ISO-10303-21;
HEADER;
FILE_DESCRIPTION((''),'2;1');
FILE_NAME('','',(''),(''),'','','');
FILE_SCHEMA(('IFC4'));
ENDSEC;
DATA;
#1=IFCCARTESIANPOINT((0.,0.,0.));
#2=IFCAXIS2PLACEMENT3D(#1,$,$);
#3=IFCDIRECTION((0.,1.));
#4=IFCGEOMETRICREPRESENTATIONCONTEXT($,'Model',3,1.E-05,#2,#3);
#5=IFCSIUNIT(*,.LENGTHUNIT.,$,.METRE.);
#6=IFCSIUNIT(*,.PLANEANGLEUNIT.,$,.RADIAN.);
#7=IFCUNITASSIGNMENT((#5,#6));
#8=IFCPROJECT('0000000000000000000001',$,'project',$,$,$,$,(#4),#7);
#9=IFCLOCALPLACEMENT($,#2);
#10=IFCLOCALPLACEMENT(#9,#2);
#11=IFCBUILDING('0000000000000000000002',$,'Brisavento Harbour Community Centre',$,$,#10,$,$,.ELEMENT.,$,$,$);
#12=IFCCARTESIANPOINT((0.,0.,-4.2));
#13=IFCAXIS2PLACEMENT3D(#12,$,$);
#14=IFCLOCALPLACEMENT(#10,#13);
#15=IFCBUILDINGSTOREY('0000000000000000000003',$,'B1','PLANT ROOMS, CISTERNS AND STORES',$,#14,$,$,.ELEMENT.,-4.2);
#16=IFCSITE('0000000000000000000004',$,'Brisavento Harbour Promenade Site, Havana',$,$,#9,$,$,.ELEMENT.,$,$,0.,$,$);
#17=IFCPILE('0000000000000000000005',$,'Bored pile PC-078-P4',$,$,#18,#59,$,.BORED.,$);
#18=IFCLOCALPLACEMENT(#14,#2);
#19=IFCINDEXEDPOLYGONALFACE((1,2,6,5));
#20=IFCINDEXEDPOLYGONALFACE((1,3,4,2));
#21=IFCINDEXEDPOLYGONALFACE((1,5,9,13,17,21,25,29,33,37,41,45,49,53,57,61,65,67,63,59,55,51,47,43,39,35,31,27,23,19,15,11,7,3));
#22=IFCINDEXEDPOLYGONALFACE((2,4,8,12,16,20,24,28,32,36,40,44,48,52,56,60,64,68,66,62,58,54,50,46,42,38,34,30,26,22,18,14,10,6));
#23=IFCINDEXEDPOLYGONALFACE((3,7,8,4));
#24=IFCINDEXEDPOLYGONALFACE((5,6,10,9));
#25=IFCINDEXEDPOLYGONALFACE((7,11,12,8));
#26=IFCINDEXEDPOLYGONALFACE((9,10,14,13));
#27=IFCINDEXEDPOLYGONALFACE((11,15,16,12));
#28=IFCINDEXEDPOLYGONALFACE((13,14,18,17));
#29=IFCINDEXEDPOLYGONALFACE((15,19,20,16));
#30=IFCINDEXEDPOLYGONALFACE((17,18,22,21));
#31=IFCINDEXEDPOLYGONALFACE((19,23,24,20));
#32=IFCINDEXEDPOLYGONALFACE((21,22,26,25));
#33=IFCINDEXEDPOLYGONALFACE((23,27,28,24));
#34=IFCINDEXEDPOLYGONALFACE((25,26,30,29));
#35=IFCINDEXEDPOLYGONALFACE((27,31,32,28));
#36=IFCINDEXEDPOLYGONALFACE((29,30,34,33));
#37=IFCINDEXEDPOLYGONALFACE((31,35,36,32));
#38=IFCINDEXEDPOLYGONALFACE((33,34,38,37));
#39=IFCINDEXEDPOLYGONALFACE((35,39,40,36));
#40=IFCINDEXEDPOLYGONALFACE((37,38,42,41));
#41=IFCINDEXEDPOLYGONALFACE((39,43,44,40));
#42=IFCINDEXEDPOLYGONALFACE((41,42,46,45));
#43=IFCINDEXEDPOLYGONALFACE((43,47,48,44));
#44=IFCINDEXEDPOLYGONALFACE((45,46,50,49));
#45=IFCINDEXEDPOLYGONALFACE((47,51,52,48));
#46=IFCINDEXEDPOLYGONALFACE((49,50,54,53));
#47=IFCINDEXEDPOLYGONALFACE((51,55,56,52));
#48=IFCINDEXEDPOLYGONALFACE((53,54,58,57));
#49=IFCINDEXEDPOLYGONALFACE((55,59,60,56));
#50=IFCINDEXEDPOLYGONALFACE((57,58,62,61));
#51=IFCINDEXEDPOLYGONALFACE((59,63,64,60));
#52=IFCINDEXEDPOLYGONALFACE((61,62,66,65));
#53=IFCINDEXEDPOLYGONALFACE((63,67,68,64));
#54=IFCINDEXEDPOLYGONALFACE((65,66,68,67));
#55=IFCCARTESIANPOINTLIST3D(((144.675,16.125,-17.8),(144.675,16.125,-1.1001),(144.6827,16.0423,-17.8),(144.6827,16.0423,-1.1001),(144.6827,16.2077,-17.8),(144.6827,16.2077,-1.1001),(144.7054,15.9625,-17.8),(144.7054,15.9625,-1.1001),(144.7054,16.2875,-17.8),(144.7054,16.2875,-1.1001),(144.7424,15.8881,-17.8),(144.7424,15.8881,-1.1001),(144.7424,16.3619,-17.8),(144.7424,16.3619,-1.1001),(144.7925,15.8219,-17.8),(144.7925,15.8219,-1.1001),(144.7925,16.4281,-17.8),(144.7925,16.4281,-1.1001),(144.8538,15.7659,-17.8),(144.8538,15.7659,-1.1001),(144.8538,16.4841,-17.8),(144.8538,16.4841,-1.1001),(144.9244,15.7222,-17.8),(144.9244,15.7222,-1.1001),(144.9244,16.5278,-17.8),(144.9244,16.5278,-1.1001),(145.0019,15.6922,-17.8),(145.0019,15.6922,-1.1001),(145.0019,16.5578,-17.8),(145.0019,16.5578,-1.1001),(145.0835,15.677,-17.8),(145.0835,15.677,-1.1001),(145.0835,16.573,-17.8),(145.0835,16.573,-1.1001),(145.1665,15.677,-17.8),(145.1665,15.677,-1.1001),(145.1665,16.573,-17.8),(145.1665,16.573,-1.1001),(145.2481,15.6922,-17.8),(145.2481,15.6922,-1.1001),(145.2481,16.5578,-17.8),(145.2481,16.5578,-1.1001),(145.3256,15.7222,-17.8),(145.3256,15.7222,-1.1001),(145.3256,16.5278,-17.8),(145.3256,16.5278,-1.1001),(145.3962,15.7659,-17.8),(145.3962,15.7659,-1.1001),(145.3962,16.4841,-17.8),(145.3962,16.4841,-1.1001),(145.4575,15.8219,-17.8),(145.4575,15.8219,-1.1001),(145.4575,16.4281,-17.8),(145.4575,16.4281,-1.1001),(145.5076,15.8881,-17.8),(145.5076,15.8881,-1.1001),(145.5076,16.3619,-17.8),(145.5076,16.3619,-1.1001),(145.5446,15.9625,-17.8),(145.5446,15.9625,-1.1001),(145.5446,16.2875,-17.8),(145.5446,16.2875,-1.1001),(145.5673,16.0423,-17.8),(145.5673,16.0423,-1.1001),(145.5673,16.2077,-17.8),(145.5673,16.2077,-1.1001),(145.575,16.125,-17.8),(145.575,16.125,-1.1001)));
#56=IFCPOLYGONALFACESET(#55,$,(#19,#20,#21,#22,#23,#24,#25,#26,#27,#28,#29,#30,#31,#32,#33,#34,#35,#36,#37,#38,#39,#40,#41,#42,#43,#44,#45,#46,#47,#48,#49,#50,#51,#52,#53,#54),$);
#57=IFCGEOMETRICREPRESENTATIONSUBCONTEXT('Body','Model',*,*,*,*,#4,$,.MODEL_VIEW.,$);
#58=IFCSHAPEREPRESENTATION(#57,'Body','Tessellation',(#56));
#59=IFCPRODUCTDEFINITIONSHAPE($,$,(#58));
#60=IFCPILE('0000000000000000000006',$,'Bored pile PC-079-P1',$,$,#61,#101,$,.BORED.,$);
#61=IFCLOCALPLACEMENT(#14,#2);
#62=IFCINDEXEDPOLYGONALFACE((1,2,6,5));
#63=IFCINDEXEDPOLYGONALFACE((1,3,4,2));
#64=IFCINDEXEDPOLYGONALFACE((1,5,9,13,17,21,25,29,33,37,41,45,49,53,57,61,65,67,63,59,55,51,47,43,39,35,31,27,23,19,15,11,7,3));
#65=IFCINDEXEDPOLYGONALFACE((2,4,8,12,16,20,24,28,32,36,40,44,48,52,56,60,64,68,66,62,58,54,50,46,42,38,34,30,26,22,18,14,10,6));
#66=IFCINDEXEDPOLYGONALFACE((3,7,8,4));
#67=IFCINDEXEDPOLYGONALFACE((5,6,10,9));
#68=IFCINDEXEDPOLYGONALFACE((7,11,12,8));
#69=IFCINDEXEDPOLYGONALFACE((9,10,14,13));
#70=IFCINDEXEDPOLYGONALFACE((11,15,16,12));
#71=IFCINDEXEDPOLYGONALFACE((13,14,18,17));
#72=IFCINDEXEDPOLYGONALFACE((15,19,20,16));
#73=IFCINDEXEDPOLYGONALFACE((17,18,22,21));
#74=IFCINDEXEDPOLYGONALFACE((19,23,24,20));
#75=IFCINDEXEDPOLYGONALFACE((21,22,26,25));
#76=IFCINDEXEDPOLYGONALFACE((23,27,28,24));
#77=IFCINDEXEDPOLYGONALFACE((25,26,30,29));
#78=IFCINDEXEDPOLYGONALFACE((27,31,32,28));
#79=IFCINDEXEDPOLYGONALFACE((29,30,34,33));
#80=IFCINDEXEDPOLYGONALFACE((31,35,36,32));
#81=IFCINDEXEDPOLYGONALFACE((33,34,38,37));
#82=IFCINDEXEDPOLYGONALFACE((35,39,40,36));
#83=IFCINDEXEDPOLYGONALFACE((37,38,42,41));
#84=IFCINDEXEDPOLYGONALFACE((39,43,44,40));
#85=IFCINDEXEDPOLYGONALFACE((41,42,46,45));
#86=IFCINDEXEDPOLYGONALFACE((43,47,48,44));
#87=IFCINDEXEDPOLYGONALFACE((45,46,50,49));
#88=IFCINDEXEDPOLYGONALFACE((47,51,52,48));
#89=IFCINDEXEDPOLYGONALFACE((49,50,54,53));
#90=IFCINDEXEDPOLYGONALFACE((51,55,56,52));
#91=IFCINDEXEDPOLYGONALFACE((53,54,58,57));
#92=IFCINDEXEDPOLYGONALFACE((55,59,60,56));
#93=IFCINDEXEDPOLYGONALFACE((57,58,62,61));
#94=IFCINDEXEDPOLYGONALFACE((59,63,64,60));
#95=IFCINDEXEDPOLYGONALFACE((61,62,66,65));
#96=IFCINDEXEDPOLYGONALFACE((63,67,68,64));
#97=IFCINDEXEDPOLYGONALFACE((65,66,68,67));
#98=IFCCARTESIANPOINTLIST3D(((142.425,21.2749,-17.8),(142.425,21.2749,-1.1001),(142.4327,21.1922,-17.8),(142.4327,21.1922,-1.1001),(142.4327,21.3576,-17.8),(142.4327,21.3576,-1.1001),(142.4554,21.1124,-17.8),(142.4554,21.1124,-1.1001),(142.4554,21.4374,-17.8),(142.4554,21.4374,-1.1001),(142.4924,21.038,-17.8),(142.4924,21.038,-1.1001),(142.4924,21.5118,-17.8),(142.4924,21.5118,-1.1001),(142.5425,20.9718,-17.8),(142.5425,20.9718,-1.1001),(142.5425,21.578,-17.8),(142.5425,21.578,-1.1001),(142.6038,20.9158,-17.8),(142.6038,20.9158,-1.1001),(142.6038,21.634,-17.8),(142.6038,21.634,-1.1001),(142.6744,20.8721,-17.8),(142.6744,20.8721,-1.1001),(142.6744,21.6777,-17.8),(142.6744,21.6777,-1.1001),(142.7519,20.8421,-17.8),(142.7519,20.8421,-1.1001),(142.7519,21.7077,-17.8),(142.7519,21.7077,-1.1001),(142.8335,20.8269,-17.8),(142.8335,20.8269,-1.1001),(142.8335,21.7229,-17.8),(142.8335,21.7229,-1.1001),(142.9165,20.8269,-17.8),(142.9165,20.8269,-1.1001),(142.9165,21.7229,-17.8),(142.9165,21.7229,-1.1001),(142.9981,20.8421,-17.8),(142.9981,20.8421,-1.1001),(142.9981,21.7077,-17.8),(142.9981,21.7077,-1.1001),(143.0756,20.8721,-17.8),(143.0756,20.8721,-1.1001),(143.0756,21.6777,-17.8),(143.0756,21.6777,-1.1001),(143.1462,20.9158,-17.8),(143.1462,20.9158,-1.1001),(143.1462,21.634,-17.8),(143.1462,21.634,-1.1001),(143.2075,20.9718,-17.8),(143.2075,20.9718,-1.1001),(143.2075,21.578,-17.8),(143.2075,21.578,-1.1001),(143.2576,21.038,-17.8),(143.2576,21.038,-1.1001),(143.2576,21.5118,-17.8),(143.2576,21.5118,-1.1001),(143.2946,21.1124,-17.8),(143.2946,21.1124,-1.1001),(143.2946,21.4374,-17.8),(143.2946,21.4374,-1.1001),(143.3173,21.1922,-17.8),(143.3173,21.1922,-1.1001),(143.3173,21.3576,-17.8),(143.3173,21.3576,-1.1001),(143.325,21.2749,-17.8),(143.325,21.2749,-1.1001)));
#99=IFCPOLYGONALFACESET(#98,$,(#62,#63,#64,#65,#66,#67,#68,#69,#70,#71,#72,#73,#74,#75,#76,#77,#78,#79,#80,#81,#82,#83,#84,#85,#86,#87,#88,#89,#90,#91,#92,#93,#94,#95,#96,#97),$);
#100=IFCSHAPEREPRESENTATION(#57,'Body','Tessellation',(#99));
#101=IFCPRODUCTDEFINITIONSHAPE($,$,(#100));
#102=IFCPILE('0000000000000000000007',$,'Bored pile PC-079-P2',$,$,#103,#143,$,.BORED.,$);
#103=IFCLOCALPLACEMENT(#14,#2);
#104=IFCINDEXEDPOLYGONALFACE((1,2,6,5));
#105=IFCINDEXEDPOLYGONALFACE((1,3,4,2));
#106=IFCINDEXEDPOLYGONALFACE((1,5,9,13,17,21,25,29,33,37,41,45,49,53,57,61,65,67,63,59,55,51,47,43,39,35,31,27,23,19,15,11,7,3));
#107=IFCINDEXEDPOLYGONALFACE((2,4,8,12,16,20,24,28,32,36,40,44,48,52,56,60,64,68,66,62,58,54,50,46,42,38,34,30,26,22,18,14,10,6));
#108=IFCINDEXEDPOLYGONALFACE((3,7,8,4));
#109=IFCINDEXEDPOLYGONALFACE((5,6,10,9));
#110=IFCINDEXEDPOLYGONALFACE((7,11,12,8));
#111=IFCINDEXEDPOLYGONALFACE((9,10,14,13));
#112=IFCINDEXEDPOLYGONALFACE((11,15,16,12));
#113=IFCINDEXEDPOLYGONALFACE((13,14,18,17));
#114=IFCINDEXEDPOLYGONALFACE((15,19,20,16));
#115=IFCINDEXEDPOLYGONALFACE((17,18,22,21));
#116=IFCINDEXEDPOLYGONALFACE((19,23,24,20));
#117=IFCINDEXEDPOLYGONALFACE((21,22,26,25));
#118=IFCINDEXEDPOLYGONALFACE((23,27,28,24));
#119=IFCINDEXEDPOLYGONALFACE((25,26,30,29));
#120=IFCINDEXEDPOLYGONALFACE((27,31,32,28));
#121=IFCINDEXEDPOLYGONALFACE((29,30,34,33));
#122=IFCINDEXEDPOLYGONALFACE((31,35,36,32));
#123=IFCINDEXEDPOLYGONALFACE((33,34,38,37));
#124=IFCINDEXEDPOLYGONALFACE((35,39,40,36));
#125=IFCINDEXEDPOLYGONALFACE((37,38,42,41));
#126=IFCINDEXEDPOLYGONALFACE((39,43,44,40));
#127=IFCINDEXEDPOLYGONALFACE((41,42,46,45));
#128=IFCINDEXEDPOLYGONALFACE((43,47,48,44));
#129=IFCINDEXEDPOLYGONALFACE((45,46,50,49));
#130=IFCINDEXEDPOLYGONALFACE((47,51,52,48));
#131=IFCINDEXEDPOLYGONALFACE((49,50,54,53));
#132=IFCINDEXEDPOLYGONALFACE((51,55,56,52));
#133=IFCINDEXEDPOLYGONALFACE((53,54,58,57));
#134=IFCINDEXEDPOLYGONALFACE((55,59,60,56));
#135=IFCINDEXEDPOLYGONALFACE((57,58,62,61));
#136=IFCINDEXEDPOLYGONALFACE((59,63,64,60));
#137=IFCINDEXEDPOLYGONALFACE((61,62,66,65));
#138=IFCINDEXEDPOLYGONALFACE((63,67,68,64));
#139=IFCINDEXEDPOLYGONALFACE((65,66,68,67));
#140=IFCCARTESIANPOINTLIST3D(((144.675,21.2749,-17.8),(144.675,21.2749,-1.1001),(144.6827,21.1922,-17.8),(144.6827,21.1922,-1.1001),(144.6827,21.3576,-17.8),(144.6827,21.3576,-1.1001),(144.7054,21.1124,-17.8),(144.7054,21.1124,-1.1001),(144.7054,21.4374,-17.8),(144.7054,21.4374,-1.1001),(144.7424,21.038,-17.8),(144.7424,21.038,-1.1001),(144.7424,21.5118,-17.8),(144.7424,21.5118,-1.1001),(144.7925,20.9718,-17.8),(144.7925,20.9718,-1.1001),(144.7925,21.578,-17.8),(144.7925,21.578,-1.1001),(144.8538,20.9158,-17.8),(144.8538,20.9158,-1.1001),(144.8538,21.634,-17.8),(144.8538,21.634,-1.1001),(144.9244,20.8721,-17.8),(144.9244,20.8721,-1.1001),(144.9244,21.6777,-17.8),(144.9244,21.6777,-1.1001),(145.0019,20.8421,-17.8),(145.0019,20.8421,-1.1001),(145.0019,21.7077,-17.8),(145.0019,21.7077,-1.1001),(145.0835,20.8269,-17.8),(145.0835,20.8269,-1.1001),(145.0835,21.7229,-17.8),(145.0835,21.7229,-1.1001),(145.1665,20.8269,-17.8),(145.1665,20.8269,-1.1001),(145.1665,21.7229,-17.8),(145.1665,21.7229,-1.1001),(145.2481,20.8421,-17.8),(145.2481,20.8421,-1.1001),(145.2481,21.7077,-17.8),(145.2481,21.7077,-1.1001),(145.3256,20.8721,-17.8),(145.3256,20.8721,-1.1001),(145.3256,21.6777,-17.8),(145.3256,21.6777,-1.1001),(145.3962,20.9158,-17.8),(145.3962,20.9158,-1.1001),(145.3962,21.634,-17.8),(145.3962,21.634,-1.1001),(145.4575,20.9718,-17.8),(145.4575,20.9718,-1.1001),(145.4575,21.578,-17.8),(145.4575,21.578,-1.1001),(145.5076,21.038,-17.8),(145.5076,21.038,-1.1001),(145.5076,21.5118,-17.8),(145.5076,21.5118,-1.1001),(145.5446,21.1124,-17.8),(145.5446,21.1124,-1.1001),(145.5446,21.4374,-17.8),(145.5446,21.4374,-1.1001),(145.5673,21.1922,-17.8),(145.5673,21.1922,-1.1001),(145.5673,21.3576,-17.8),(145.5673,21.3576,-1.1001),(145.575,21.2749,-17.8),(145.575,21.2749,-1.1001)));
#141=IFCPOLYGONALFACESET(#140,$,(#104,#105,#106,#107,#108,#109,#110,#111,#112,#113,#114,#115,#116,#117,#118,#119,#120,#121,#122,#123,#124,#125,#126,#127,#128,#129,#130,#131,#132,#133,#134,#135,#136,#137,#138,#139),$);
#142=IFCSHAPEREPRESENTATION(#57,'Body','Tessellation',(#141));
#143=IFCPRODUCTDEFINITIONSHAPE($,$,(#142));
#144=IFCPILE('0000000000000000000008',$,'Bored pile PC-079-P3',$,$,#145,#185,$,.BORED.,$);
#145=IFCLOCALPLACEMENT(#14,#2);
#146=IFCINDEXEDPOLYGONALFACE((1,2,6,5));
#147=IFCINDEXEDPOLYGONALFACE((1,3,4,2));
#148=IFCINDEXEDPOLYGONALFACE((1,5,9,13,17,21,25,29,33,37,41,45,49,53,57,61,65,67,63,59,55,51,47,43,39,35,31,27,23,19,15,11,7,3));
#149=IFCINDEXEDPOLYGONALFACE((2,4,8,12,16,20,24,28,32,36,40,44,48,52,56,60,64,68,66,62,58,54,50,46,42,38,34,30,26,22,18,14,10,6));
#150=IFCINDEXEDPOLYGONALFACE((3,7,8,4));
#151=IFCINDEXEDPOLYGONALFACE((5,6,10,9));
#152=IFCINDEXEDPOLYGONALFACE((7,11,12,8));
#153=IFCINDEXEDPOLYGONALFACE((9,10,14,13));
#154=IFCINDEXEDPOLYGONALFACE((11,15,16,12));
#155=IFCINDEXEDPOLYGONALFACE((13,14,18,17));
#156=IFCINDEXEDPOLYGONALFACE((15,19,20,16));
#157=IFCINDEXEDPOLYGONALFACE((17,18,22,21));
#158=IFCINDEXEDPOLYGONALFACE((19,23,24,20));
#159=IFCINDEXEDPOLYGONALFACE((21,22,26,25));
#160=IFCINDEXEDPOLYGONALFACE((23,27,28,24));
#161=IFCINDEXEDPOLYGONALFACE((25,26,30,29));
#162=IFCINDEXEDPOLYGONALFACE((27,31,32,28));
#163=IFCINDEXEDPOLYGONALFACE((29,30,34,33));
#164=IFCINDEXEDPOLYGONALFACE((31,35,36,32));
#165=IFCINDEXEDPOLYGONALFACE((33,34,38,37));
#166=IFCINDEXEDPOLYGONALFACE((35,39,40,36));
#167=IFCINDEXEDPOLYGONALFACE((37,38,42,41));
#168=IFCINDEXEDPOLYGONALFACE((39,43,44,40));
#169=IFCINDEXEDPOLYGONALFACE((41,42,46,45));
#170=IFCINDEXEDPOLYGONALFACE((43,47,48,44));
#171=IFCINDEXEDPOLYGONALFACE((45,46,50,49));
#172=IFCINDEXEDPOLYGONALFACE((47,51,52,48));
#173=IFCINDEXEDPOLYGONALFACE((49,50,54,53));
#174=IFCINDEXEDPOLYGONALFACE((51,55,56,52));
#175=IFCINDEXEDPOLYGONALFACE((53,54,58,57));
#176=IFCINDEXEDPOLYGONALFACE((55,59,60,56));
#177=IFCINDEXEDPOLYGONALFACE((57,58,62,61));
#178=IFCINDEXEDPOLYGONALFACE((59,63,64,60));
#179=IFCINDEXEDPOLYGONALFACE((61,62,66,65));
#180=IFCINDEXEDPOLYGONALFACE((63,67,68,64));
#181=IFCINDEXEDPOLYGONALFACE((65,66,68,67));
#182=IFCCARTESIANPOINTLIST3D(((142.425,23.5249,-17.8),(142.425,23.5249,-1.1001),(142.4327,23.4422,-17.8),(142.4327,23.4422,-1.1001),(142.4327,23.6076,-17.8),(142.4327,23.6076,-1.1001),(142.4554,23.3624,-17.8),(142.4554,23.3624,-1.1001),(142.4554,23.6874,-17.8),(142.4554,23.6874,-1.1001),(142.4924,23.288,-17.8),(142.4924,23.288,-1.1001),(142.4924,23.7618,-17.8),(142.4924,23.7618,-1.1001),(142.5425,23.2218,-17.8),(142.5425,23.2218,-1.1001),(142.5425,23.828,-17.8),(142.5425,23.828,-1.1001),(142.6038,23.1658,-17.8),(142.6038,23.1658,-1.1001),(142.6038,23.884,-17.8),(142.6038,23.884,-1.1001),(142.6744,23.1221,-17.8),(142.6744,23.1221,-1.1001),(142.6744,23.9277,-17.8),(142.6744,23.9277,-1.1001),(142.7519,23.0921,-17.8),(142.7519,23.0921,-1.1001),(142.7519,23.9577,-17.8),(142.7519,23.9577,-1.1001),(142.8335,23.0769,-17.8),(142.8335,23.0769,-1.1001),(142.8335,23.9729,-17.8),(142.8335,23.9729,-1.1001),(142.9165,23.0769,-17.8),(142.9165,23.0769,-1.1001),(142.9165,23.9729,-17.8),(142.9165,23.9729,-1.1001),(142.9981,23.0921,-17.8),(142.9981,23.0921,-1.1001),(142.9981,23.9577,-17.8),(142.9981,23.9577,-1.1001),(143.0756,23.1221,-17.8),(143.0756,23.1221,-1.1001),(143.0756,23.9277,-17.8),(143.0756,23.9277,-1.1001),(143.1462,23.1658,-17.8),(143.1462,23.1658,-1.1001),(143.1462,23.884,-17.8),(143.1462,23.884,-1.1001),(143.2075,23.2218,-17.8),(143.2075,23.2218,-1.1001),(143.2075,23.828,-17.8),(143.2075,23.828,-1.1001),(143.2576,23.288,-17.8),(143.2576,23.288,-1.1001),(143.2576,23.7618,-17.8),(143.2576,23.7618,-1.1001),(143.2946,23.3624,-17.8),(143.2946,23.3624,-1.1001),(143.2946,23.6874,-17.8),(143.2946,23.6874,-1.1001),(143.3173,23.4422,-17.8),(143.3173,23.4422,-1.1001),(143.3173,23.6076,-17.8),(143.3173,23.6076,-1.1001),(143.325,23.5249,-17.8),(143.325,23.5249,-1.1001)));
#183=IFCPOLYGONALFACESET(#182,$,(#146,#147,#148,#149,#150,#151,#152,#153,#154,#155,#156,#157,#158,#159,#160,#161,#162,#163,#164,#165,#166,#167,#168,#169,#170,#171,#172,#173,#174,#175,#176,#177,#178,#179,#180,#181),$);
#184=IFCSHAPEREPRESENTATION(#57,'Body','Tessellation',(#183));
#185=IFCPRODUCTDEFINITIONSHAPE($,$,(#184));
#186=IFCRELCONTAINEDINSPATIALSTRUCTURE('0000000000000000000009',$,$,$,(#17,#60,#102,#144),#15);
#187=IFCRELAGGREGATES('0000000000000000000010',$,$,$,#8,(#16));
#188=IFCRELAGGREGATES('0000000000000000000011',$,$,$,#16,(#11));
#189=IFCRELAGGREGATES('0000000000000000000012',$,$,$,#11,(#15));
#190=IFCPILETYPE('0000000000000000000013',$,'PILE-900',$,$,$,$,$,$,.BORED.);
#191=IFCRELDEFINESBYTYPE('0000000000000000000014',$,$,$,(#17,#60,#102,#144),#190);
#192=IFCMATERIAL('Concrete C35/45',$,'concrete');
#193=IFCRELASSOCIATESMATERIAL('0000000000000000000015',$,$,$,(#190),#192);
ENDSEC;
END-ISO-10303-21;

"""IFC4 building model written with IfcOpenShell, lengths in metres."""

from ifc_helpers import new_model, si_unit, direction, frame, origin, origin_2d, place, context, subcontext, project, spatial, circle, extrude, material, material_profile, profile_set, type_object, element, save


model = new_model("IFC4")

# Units and contexts
model_context = context("Model", 3, precision=1e-05, world=origin(), true_north=direction((0.0, 1.0)))
body_context = subcontext(model_context, "Body", "Model", "MODEL_VIEW")
ifc_project = project(units=[si_unit("LENGTHUNIT", "METRE"), si_unit("PLANEANGLEUNIT", "RADIAN")], contexts=[model_context])

# Site, building, storey
site_placement = place(None, origin())
site = spatial("IfcSite", under=ifc_project, at=site_placement, Name="Brisavento Harbour Promenade Site, Havana", CompositionType="ELEMENT", RefElevation=0.0)
building_placement = place(site_placement, origin())
building = spatial("IfcBuilding", under=site, at=building_placement, Name="Brisavento Harbour Community Centre", CompositionType="ELEMENT")
storey_placement = place(building_placement, frame((0.0, 0.0, -4.2)))
storey = spatial("IfcBuildingStorey", under=building, at=storey_placement, Name="B1", Description="PLANT ROOMS, CISTERNS AND STORES", CompositionType="ELEMENT", Elevation=-4.2)

# Shared definitions
ifc_material_1 = material(Name="Concrete C35/45", Category="concrete")

# Piles
ifc_material_profile_1 = material_profile(ifc_material_1, circle(Radius=0.45, at=origin_2d()), Name="Concrete C35/45")
ifc_profile_set_1 = profile_set([ifc_material_profile_1], Name="Concrete C35/45")
pile_type_1 = type_object("IfcPileType", Name="PILE-900", PredefinedType="BORED", material=ifc_profile_set_1)
for number, where, z_axis, x_axis, name in (
    (1, (145.125, 16.125, -1.1001), (0.0, 0.0, -1.0), (1.0, 0.0, 0.0), "Bored pile PC-078-P4"),
    (2, (142.875, 21.2749, -1.1001), (0.0, 0.0, -1.0), (1.0, 0.0, 0.0), "Bored pile PC-079-P1"),
    (3, (145.125, 21.2749, -1.1001), (0.0, 0.0, -1.0), (1.0, 0.0, 0.0), "Bored pile PC-079-P2"),
    (4, (142.875, 23.5249, -1.1001), (0.0, 0.0, -1.0), (1.0, 0.0, 0.0), "Bored pile PC-079-P3"),
):
    element("IfcPile", number, at=place(storey_placement, frame(where, z_axis=z_axis, x_axis=x_axis)), inside=storey, type_object=pile_type_1, Name=name, PredefinedType="BORED", context=body_context, shape_type="SweptSolid", body=[
        extrude(circle(Radius=0.45, at=origin_2d()), origin(), (0.0, 0.0, 1.0), 16.7),
    ])

save(model, "model.ifc")
